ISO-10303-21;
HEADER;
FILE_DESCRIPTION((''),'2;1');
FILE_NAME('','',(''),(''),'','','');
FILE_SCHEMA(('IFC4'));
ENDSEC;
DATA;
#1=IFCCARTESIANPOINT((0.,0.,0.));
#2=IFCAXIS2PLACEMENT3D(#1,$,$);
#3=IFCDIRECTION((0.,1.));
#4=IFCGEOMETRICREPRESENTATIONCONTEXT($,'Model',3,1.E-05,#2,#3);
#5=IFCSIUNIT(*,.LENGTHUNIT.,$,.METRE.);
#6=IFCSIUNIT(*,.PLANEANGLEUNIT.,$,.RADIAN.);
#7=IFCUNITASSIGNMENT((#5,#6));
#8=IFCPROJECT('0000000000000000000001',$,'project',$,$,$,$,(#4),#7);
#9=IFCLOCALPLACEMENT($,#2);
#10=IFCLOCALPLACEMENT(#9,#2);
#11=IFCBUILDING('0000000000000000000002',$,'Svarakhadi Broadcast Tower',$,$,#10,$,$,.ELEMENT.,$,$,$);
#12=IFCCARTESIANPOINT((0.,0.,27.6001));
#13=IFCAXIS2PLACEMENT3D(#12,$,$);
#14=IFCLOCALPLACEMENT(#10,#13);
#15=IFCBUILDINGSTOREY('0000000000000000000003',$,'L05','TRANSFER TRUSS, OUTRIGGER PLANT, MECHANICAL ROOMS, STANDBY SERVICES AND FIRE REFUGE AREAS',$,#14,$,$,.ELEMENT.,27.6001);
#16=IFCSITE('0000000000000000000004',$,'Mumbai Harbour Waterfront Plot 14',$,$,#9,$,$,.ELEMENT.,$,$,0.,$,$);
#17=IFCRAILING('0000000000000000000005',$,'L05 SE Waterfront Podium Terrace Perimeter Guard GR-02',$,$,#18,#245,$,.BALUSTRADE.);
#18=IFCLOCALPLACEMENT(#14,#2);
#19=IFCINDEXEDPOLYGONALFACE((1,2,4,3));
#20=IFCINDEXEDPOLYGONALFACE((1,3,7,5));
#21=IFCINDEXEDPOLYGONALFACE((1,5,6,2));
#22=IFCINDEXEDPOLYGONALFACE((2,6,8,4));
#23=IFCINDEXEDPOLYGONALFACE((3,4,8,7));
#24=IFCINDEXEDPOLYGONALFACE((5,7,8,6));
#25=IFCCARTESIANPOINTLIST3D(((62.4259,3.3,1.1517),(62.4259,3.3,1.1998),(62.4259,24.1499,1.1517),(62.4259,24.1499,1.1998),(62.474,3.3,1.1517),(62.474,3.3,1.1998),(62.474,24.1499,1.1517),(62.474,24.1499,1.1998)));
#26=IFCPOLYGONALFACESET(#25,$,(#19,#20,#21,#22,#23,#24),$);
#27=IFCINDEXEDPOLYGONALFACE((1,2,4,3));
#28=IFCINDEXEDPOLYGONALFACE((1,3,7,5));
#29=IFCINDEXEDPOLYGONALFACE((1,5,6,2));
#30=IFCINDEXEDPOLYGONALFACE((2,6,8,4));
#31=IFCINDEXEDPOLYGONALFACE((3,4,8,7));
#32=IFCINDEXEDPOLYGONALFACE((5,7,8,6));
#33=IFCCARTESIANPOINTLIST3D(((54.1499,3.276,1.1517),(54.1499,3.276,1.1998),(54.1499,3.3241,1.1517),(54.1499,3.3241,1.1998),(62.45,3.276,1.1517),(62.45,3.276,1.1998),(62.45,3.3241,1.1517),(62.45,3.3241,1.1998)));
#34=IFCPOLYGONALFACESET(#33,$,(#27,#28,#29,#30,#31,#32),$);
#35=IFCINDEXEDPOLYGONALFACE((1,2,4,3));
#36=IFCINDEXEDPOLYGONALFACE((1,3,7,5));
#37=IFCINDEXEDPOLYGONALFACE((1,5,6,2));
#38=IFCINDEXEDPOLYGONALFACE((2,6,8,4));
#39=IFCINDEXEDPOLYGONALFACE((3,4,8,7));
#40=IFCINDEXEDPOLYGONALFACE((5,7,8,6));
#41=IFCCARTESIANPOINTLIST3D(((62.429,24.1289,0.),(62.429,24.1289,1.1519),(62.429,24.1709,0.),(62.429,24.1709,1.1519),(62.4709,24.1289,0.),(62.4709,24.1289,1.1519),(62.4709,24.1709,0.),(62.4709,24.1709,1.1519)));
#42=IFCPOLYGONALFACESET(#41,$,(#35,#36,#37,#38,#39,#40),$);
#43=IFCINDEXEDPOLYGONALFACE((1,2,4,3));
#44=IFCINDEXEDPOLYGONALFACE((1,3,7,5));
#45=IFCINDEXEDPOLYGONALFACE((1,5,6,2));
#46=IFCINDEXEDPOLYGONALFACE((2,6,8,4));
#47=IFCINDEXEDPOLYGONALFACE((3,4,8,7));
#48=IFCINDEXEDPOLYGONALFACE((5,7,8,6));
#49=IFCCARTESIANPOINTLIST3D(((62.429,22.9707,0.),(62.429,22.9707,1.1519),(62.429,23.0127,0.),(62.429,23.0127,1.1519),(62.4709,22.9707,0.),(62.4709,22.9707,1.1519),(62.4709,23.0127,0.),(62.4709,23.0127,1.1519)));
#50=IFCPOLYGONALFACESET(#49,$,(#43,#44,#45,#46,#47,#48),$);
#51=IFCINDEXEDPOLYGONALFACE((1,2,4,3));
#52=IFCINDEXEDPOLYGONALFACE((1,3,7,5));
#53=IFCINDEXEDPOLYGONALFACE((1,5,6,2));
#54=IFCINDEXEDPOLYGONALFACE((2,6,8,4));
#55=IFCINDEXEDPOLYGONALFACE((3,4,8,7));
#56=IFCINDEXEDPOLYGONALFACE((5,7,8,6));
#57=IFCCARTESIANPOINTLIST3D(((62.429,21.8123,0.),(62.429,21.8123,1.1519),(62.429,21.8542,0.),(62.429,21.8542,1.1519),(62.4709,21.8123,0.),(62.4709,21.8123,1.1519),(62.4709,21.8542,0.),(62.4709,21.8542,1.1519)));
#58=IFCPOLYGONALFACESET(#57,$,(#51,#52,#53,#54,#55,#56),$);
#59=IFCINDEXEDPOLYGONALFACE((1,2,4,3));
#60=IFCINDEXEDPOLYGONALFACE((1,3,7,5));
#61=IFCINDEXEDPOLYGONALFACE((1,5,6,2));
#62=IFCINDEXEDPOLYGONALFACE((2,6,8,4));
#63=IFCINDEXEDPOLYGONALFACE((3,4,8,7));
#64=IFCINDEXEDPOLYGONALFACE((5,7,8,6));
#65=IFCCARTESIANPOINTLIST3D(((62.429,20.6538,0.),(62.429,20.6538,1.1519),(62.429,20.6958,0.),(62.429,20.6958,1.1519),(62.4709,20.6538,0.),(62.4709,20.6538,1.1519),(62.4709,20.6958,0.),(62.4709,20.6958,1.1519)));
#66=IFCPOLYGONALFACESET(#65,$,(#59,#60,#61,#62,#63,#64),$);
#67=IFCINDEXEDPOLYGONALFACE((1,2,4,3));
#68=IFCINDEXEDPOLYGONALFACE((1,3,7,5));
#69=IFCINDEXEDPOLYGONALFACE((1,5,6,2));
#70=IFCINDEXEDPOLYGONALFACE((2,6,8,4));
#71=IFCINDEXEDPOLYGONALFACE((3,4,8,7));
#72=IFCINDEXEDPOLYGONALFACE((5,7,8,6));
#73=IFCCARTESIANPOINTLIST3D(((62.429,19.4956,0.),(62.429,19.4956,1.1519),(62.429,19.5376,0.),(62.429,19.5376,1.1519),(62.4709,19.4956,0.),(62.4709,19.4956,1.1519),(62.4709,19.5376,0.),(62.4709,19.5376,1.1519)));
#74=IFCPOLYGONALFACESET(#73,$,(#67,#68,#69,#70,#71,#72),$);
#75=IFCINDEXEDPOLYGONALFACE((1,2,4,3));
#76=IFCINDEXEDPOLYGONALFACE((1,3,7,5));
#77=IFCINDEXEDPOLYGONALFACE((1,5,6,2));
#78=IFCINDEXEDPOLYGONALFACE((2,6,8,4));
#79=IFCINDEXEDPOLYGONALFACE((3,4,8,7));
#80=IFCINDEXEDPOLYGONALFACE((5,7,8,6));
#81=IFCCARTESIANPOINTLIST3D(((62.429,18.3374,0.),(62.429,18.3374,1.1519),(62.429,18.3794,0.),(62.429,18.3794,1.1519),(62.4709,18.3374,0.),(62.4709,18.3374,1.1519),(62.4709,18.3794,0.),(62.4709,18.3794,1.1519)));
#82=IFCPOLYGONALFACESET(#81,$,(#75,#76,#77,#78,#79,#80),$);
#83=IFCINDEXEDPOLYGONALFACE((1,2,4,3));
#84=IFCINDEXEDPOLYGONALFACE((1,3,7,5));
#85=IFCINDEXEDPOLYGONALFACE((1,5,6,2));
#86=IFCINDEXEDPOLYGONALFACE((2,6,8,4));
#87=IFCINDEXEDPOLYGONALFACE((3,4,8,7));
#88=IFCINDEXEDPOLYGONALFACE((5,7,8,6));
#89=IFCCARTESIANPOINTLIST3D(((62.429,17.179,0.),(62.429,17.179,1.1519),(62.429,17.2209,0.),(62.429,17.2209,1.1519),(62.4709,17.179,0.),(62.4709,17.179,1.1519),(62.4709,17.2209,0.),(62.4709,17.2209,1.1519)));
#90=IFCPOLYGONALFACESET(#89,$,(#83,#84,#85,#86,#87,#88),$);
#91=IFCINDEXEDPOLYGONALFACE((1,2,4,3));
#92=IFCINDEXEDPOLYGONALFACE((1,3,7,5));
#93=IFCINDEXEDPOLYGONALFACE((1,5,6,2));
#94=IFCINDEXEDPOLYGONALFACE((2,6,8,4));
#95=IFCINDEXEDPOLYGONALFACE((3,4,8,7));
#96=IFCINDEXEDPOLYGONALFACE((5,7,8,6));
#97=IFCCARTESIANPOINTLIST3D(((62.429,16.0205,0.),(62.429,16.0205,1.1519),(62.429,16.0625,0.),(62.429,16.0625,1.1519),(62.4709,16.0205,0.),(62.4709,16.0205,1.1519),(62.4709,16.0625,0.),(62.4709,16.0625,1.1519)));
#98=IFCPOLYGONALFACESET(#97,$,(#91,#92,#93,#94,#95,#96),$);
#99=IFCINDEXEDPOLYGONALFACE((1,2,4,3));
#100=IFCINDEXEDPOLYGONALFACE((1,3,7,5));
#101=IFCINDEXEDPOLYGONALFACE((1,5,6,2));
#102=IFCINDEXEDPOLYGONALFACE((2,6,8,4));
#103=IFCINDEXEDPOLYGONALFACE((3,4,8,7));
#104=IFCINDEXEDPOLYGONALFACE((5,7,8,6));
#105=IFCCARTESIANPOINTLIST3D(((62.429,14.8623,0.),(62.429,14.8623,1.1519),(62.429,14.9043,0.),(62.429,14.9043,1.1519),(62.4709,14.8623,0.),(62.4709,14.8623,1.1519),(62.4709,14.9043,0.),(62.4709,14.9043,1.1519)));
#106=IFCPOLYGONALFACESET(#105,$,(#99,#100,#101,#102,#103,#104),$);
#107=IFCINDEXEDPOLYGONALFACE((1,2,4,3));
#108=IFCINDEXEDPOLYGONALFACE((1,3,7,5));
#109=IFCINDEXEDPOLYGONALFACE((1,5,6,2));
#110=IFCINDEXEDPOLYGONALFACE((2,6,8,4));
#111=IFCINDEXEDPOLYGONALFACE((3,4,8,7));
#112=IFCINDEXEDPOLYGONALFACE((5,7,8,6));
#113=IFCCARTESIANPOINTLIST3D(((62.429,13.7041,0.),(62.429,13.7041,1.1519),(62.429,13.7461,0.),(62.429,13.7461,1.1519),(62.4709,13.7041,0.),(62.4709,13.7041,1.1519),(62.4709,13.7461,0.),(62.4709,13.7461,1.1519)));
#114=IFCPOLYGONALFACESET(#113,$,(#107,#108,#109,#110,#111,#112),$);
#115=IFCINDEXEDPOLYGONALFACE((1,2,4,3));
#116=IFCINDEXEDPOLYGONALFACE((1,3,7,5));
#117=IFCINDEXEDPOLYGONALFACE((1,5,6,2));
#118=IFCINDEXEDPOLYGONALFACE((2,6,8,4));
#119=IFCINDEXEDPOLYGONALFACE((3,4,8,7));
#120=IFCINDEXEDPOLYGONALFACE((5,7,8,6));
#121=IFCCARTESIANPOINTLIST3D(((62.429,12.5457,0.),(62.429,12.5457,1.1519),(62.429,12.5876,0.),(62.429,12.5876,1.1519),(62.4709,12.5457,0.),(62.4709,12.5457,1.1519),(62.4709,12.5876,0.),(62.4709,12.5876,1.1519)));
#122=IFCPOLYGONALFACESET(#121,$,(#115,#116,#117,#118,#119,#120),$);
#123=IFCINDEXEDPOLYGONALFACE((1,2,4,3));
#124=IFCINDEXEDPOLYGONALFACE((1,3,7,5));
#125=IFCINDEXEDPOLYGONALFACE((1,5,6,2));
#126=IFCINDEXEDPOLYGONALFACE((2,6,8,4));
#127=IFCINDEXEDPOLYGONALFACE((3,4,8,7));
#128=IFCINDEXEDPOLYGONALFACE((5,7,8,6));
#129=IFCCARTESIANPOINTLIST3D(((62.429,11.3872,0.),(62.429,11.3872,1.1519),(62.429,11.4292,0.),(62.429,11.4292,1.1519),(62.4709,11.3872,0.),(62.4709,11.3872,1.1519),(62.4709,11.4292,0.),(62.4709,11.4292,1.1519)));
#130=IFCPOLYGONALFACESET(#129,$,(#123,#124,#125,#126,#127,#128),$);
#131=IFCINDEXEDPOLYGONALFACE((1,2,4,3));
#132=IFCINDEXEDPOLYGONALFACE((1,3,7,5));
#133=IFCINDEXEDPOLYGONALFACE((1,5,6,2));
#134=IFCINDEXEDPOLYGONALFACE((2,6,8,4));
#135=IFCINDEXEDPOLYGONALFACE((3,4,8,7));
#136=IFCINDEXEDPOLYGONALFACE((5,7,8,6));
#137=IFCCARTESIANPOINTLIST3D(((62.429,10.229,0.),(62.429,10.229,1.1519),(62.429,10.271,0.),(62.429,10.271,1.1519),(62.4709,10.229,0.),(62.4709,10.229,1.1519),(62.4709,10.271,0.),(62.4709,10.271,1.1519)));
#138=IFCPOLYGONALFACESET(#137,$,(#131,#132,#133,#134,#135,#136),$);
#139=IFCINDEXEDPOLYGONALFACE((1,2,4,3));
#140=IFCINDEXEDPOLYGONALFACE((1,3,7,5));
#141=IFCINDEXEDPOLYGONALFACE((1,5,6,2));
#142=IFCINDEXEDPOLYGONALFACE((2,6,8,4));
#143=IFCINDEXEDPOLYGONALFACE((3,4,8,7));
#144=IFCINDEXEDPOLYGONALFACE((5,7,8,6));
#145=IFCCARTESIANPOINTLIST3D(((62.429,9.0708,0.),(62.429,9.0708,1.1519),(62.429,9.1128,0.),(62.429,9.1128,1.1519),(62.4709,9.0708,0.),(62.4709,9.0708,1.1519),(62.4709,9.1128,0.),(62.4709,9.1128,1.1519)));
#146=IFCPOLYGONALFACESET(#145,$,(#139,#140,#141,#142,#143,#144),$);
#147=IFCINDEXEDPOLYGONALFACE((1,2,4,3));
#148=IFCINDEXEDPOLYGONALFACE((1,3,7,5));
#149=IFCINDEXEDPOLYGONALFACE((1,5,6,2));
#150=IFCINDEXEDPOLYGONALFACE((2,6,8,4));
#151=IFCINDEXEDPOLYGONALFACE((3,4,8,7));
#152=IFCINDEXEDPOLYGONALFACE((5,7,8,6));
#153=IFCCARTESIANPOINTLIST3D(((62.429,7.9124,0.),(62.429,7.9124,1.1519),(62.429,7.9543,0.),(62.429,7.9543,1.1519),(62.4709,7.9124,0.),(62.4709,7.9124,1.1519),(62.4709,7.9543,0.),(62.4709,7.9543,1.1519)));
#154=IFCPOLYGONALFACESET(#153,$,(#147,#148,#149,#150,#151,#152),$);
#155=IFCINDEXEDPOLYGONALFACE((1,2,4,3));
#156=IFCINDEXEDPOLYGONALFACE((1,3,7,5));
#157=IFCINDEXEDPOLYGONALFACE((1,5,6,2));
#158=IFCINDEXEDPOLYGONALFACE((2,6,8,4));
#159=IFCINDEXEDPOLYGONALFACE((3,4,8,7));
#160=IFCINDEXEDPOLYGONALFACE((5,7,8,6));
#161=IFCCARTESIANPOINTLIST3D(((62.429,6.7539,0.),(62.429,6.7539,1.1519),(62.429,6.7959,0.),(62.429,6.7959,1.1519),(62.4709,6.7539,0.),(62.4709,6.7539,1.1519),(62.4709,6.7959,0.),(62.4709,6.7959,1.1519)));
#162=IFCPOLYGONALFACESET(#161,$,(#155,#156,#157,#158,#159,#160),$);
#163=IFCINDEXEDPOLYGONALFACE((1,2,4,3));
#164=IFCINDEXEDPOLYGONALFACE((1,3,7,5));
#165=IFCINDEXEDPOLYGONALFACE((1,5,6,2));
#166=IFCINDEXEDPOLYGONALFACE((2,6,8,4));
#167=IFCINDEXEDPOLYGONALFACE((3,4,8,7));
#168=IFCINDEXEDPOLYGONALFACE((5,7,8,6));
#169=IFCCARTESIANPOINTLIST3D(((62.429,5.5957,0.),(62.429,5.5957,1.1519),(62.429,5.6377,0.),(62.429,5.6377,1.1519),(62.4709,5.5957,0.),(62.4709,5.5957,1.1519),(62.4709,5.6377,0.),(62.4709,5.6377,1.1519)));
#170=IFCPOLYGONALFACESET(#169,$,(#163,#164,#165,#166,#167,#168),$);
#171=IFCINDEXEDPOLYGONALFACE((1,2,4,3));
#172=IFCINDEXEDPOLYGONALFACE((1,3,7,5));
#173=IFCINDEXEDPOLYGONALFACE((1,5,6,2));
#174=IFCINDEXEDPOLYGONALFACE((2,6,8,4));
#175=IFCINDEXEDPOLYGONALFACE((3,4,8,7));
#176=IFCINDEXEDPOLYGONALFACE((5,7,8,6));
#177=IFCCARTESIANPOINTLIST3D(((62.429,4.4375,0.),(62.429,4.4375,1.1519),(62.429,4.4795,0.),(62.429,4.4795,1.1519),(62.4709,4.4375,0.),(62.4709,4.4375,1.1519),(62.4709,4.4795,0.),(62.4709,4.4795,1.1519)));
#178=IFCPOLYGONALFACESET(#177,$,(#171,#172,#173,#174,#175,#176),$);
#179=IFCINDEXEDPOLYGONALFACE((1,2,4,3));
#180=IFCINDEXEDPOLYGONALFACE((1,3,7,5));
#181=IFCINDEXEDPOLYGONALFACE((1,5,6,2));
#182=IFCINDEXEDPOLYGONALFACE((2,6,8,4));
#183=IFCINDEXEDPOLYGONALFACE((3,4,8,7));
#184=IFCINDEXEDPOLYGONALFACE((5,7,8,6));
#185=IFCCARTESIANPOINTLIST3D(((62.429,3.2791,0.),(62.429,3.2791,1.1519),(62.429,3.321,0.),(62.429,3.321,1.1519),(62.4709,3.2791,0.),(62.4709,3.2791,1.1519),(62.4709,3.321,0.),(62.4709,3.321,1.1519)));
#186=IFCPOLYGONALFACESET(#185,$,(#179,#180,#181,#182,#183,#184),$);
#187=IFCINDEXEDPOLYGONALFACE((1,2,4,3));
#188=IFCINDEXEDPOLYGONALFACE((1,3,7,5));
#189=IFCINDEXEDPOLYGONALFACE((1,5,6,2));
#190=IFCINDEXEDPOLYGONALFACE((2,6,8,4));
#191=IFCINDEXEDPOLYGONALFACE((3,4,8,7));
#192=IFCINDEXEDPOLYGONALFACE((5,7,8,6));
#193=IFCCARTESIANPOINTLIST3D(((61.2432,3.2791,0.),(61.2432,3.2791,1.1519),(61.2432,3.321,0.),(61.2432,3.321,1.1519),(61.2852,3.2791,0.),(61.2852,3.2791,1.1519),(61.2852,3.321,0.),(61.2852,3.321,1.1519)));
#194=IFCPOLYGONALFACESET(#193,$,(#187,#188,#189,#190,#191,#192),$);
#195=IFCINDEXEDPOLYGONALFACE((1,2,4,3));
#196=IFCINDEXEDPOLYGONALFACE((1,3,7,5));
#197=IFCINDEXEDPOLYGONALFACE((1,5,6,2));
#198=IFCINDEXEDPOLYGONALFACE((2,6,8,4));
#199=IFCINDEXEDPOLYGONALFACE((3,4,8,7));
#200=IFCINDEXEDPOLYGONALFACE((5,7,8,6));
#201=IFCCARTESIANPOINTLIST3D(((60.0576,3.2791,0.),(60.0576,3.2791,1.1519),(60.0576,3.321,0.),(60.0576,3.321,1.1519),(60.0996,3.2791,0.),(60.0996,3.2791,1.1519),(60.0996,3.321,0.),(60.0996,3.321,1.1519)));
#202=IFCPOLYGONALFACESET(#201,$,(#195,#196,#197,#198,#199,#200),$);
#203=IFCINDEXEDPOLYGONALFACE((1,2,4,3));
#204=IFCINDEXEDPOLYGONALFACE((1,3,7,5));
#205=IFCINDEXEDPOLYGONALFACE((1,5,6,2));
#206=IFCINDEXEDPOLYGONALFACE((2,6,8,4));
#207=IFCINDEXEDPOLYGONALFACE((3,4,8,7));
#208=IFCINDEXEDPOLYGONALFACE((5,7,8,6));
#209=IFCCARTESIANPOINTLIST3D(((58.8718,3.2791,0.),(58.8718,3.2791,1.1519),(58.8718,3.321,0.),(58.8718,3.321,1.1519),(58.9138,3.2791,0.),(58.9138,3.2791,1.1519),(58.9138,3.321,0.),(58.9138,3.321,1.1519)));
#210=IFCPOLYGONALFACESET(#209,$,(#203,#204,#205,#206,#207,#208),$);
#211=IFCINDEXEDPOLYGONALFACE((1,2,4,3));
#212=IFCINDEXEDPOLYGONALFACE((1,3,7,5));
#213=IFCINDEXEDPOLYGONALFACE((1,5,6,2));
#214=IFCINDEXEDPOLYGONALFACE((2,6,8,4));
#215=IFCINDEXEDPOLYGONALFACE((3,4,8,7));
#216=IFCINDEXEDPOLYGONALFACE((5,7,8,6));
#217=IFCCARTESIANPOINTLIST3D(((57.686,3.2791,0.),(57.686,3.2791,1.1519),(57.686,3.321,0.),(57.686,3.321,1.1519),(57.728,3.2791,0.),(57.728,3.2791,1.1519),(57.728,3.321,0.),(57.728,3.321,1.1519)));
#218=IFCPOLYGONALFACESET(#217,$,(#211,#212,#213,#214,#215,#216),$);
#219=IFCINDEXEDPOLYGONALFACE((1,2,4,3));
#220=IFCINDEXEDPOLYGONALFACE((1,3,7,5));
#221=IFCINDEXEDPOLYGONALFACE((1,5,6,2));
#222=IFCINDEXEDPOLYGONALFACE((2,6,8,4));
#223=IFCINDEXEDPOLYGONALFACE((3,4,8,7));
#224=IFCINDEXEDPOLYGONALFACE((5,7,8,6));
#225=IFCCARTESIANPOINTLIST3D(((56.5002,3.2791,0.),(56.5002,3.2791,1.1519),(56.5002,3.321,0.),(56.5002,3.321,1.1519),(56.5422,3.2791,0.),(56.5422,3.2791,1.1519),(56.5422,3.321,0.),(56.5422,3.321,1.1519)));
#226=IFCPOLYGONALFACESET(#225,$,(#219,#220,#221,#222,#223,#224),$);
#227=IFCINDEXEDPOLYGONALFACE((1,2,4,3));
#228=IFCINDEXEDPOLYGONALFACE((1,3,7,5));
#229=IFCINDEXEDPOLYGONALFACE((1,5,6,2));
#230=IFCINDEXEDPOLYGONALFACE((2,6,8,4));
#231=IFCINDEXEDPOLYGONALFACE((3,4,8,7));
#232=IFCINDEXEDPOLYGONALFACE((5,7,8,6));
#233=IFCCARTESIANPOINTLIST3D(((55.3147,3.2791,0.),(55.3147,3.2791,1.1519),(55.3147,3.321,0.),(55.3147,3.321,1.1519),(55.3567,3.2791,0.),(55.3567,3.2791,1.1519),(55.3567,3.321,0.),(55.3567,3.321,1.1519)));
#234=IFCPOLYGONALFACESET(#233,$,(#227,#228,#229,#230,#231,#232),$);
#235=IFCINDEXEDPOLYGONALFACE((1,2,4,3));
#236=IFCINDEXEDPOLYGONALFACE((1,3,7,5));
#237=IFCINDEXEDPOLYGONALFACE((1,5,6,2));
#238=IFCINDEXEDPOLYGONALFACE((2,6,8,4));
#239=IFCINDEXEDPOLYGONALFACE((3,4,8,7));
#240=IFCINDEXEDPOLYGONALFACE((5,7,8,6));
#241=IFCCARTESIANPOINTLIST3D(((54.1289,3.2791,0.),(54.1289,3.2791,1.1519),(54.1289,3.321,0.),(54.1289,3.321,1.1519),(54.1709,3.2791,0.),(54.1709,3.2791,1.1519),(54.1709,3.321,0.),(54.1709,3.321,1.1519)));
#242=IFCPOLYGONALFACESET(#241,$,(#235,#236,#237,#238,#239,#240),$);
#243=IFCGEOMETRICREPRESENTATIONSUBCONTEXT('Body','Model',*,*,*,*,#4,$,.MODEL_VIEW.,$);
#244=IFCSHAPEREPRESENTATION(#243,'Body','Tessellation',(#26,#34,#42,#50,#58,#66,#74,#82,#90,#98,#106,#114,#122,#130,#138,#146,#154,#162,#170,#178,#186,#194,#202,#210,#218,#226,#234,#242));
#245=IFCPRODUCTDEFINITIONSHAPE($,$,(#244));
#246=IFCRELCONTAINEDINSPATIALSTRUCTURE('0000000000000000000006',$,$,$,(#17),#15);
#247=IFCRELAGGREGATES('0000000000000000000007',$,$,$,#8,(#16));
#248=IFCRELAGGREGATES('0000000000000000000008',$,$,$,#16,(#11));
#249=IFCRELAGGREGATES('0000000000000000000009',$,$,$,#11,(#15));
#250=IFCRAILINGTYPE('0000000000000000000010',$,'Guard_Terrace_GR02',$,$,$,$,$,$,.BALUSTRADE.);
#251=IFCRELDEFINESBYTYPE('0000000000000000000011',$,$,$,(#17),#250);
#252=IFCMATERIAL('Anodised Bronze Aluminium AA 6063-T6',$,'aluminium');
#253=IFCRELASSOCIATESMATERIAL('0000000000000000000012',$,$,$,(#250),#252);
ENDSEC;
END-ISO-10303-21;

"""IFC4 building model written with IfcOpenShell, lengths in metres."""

from ifc_helpers import new_model, si_unit, direction, frame, origin, origin_2d, place, context, subcontext, project, spatial, rectangle, extrude, material, type_object, element, save


model = new_model("IFC4")

# Units and contexts
model_context = context("Model", 3, precision=1e-05, world=origin(), true_north=direction((0.0, 1.0)))
body_context = subcontext(model_context, "Body", "Model", "MODEL_VIEW")
ifc_project = project(units=[si_unit("LENGTHUNIT", "METRE"), si_unit("PLANEANGLEUNIT", "RADIAN")], contexts=[model_context])

# Site, building, storey
site_placement = place(None, origin())
site = spatial("IfcSite", under=ifc_project, at=site_placement, Name="Mumbai Harbour Waterfront Plot 14", CompositionType="ELEMENT", RefElevation=0.0)
building_placement = place(site_placement, origin())
building = spatial("IfcBuilding", under=site, at=building_placement, Name="Svarakhadi Broadcast Tower", CompositionType="ELEMENT")
storey_placement = place(building_placement, frame((0.0, 0.0, 27.6001)))
storey = spatial("IfcBuildingStorey", under=building, at=storey_placement, Name="L05", Description="TRANSFER TRUSS, OUTRIGGER PLANT, MECHANICAL ROOMS, STANDBY SERVICES AND FIRE REFUGE AREAS", CompositionType="ELEMENT", Elevation=27.6001)

# Shared definitions
ifc_material_1 = material(Name="Anodised Bronze Aluminium AA 6063-T6", Category="aluminium")

# Railing
railing_type_1 = type_object("IfcRailingType", Name="Guard_Terrace_GR02", PredefinedType="BALUSTRADE", material=ifc_material_1)
railing_1_placement = place(storey_placement, frame((62.45, 24.1499, 0.0)))
element("IfcRailing", 1, at=railing_1_placement, inside=storey, type_object=railing_type_1, Name="L05 SE Waterfront Podium Terrace Perimeter Guard GR-02", PredefinedType="BALUSTRADE", context=body_context, shape_type="SweptSolid", body=[
    extrude(rectangle(XDim=0.0481, YDim=0.0481, at=origin_2d()), frame((0.0, 0.0, 1.1758), z_axis=(0.0, -1.0, 0.0), x_axis=(1.0, 0.0, 0.0)), (0.0, 0.0, 1.0), 20.8499),
    extrude(rectangle(XDim=0.0481, YDim=0.0481, at=origin_2d()), frame((0.0, -20.8499, 1.1758), z_axis=(-1.0, 0.0, 0.0), x_axis=(0.0, -1.0, 0.0)), (0.0, 0.0, 1.0), 8.3),
    extrude(rectangle(XDim=0.042, YDim=0.042, at=origin_2d()), origin(), (0.0, 0.0, 1.0), 1.1519),
    extrude(rectangle(XDim=0.042, YDim=0.042, at=origin_2d()), frame((0.0, -1.1582, 0.0)), (0.0, 0.0, 1.0), 1.1519),
    extrude(rectangle(XDim=0.042, YDim=0.042, at=origin_2d()), frame((0.0, -2.3167, 0.0)), (0.0, 0.0, 1.0), 1.1519),
    extrude(rectangle(XDim=0.042, YDim=0.042, at=origin_2d()), frame((0.0, -3.4751, 0.0)), (0.0, 0.0, 1.0), 1.1519),
    extrude(rectangle(XDim=0.042, YDim=0.042, at=origin_2d()), frame((0.0, -4.6333, 0.0)), (0.0, 0.0, 1.0), 1.1519),
    extrude(rectangle(XDim=0.042, YDim=0.042, at=origin_2d()), frame((0.0, -5.7915, 0.0)), (0.0, 0.0, 1.0), 1.1519),
    extrude(rectangle(XDim=0.042, YDim=0.042, at=origin_2d()), frame((0.0, -6.95, 0.0)), (0.0, 0.0, 1.0), 1.1519),
    extrude(rectangle(XDim=0.042, YDim=0.042, at=origin_2d()), frame((0.0, -8.1084, 0.0)), (0.0, 0.0, 1.0), 1.1519),
    extrude(rectangle(XDim=0.042, YDim=0.042, at=origin_2d()), frame((0.0, -9.2666, 0.0)), (0.0, 0.0, 1.0), 1.1519),
    extrude(rectangle(XDim=0.042, YDim=0.042, at=origin_2d()), frame((0.0, -10.4248, 0.0)), (0.0, 0.0, 1.0), 1.1519),
    extrude(rectangle(XDim=0.042, YDim=0.042, at=origin_2d()), frame((0.0, -11.5833, 0.0)), (0.0, 0.0, 1.0), 1.1519),
    extrude(rectangle(XDim=0.042, YDim=0.042, at=origin_2d()), frame((0.0, -12.7417, 0.0)), (0.0, 0.0, 1.0), 1.1519),
    extrude(rectangle(XDim=0.042, YDim=0.042, at=origin_2d()), frame((0.0, -13.8999, 0.0)), (0.0, 0.0, 1.0), 1.1519),
    extrude(rectangle(XDim=0.042, YDim=0.042, at=origin_2d()), frame((0.0, -15.0581, 0.0)), (0.0, 0.0, 1.0), 1.1519),
    extrude(rectangle(XDim=0.042, YDim=0.042, at=origin_2d()), frame((0.0, -16.2166, 0.0)), (0.0, 0.0, 1.0), 1.1519),
    extrude(rectangle(XDim=0.042, YDim=0.042, at=origin_2d()), frame((0.0, -17.375, 0.0)), (0.0, 0.0, 1.0), 1.1519),
    extrude(rectangle(XDim=0.042, YDim=0.042, at=origin_2d()), frame((0.0, -18.5332, 0.0)), (0.0, 0.0, 1.0), 1.1519),
    extrude(rectangle(XDim=0.042, YDim=0.042, at=origin_2d()), frame((0.0, -19.6914, 0.0)), (0.0, 0.0, 1.0), 1.1519),
    extrude(rectangle(XDim=0.042, YDim=0.042, at=origin_2d()), frame((0.0, -20.8499, 0.0)), (0.0, 0.0, 1.0), 1.1519),
    extrude(rectangle(XDim=0.042, YDim=0.042, at=origin_2d()), frame((-1.1858, -20.8499, 0.0)), (0.0, 0.0, 1.0), 1.1519),
    extrude(rectangle(XDim=0.042, YDim=0.042, at=origin_2d()), frame((-2.3713, -20.8499, 0.0)), (0.0, 0.0, 1.0), 1.1519),
    extrude(rectangle(XDim=0.042, YDim=0.042, at=origin_2d()), frame((-3.5571, -20.8499, 0.0)), (0.0, 0.0, 1.0), 1.1519),
    extrude(rectangle(XDim=0.042, YDim=0.042, at=origin_2d()), frame((-4.7429, -20.8499, 0.0)), (0.0, 0.0, 1.0), 1.1519),
    extrude(rectangle(XDim=0.042, YDim=0.042, at=origin_2d()), frame((-5.9287, -20.8499, 0.0)), (0.0, 0.0, 1.0), 1.1519),
    extrude(rectangle(XDim=0.042, YDim=0.042, at=origin_2d()), frame((-7.1143, -20.8499, 0.0)), (0.0, 0.0, 1.0), 1.1519),
    extrude(rectangle(XDim=0.042, YDim=0.042, at=origin_2d()), frame((-8.3, -20.8499, 0.0)), (0.0, 0.0, 1.0), 1.1519),
])

save(model, "model.ifc")
